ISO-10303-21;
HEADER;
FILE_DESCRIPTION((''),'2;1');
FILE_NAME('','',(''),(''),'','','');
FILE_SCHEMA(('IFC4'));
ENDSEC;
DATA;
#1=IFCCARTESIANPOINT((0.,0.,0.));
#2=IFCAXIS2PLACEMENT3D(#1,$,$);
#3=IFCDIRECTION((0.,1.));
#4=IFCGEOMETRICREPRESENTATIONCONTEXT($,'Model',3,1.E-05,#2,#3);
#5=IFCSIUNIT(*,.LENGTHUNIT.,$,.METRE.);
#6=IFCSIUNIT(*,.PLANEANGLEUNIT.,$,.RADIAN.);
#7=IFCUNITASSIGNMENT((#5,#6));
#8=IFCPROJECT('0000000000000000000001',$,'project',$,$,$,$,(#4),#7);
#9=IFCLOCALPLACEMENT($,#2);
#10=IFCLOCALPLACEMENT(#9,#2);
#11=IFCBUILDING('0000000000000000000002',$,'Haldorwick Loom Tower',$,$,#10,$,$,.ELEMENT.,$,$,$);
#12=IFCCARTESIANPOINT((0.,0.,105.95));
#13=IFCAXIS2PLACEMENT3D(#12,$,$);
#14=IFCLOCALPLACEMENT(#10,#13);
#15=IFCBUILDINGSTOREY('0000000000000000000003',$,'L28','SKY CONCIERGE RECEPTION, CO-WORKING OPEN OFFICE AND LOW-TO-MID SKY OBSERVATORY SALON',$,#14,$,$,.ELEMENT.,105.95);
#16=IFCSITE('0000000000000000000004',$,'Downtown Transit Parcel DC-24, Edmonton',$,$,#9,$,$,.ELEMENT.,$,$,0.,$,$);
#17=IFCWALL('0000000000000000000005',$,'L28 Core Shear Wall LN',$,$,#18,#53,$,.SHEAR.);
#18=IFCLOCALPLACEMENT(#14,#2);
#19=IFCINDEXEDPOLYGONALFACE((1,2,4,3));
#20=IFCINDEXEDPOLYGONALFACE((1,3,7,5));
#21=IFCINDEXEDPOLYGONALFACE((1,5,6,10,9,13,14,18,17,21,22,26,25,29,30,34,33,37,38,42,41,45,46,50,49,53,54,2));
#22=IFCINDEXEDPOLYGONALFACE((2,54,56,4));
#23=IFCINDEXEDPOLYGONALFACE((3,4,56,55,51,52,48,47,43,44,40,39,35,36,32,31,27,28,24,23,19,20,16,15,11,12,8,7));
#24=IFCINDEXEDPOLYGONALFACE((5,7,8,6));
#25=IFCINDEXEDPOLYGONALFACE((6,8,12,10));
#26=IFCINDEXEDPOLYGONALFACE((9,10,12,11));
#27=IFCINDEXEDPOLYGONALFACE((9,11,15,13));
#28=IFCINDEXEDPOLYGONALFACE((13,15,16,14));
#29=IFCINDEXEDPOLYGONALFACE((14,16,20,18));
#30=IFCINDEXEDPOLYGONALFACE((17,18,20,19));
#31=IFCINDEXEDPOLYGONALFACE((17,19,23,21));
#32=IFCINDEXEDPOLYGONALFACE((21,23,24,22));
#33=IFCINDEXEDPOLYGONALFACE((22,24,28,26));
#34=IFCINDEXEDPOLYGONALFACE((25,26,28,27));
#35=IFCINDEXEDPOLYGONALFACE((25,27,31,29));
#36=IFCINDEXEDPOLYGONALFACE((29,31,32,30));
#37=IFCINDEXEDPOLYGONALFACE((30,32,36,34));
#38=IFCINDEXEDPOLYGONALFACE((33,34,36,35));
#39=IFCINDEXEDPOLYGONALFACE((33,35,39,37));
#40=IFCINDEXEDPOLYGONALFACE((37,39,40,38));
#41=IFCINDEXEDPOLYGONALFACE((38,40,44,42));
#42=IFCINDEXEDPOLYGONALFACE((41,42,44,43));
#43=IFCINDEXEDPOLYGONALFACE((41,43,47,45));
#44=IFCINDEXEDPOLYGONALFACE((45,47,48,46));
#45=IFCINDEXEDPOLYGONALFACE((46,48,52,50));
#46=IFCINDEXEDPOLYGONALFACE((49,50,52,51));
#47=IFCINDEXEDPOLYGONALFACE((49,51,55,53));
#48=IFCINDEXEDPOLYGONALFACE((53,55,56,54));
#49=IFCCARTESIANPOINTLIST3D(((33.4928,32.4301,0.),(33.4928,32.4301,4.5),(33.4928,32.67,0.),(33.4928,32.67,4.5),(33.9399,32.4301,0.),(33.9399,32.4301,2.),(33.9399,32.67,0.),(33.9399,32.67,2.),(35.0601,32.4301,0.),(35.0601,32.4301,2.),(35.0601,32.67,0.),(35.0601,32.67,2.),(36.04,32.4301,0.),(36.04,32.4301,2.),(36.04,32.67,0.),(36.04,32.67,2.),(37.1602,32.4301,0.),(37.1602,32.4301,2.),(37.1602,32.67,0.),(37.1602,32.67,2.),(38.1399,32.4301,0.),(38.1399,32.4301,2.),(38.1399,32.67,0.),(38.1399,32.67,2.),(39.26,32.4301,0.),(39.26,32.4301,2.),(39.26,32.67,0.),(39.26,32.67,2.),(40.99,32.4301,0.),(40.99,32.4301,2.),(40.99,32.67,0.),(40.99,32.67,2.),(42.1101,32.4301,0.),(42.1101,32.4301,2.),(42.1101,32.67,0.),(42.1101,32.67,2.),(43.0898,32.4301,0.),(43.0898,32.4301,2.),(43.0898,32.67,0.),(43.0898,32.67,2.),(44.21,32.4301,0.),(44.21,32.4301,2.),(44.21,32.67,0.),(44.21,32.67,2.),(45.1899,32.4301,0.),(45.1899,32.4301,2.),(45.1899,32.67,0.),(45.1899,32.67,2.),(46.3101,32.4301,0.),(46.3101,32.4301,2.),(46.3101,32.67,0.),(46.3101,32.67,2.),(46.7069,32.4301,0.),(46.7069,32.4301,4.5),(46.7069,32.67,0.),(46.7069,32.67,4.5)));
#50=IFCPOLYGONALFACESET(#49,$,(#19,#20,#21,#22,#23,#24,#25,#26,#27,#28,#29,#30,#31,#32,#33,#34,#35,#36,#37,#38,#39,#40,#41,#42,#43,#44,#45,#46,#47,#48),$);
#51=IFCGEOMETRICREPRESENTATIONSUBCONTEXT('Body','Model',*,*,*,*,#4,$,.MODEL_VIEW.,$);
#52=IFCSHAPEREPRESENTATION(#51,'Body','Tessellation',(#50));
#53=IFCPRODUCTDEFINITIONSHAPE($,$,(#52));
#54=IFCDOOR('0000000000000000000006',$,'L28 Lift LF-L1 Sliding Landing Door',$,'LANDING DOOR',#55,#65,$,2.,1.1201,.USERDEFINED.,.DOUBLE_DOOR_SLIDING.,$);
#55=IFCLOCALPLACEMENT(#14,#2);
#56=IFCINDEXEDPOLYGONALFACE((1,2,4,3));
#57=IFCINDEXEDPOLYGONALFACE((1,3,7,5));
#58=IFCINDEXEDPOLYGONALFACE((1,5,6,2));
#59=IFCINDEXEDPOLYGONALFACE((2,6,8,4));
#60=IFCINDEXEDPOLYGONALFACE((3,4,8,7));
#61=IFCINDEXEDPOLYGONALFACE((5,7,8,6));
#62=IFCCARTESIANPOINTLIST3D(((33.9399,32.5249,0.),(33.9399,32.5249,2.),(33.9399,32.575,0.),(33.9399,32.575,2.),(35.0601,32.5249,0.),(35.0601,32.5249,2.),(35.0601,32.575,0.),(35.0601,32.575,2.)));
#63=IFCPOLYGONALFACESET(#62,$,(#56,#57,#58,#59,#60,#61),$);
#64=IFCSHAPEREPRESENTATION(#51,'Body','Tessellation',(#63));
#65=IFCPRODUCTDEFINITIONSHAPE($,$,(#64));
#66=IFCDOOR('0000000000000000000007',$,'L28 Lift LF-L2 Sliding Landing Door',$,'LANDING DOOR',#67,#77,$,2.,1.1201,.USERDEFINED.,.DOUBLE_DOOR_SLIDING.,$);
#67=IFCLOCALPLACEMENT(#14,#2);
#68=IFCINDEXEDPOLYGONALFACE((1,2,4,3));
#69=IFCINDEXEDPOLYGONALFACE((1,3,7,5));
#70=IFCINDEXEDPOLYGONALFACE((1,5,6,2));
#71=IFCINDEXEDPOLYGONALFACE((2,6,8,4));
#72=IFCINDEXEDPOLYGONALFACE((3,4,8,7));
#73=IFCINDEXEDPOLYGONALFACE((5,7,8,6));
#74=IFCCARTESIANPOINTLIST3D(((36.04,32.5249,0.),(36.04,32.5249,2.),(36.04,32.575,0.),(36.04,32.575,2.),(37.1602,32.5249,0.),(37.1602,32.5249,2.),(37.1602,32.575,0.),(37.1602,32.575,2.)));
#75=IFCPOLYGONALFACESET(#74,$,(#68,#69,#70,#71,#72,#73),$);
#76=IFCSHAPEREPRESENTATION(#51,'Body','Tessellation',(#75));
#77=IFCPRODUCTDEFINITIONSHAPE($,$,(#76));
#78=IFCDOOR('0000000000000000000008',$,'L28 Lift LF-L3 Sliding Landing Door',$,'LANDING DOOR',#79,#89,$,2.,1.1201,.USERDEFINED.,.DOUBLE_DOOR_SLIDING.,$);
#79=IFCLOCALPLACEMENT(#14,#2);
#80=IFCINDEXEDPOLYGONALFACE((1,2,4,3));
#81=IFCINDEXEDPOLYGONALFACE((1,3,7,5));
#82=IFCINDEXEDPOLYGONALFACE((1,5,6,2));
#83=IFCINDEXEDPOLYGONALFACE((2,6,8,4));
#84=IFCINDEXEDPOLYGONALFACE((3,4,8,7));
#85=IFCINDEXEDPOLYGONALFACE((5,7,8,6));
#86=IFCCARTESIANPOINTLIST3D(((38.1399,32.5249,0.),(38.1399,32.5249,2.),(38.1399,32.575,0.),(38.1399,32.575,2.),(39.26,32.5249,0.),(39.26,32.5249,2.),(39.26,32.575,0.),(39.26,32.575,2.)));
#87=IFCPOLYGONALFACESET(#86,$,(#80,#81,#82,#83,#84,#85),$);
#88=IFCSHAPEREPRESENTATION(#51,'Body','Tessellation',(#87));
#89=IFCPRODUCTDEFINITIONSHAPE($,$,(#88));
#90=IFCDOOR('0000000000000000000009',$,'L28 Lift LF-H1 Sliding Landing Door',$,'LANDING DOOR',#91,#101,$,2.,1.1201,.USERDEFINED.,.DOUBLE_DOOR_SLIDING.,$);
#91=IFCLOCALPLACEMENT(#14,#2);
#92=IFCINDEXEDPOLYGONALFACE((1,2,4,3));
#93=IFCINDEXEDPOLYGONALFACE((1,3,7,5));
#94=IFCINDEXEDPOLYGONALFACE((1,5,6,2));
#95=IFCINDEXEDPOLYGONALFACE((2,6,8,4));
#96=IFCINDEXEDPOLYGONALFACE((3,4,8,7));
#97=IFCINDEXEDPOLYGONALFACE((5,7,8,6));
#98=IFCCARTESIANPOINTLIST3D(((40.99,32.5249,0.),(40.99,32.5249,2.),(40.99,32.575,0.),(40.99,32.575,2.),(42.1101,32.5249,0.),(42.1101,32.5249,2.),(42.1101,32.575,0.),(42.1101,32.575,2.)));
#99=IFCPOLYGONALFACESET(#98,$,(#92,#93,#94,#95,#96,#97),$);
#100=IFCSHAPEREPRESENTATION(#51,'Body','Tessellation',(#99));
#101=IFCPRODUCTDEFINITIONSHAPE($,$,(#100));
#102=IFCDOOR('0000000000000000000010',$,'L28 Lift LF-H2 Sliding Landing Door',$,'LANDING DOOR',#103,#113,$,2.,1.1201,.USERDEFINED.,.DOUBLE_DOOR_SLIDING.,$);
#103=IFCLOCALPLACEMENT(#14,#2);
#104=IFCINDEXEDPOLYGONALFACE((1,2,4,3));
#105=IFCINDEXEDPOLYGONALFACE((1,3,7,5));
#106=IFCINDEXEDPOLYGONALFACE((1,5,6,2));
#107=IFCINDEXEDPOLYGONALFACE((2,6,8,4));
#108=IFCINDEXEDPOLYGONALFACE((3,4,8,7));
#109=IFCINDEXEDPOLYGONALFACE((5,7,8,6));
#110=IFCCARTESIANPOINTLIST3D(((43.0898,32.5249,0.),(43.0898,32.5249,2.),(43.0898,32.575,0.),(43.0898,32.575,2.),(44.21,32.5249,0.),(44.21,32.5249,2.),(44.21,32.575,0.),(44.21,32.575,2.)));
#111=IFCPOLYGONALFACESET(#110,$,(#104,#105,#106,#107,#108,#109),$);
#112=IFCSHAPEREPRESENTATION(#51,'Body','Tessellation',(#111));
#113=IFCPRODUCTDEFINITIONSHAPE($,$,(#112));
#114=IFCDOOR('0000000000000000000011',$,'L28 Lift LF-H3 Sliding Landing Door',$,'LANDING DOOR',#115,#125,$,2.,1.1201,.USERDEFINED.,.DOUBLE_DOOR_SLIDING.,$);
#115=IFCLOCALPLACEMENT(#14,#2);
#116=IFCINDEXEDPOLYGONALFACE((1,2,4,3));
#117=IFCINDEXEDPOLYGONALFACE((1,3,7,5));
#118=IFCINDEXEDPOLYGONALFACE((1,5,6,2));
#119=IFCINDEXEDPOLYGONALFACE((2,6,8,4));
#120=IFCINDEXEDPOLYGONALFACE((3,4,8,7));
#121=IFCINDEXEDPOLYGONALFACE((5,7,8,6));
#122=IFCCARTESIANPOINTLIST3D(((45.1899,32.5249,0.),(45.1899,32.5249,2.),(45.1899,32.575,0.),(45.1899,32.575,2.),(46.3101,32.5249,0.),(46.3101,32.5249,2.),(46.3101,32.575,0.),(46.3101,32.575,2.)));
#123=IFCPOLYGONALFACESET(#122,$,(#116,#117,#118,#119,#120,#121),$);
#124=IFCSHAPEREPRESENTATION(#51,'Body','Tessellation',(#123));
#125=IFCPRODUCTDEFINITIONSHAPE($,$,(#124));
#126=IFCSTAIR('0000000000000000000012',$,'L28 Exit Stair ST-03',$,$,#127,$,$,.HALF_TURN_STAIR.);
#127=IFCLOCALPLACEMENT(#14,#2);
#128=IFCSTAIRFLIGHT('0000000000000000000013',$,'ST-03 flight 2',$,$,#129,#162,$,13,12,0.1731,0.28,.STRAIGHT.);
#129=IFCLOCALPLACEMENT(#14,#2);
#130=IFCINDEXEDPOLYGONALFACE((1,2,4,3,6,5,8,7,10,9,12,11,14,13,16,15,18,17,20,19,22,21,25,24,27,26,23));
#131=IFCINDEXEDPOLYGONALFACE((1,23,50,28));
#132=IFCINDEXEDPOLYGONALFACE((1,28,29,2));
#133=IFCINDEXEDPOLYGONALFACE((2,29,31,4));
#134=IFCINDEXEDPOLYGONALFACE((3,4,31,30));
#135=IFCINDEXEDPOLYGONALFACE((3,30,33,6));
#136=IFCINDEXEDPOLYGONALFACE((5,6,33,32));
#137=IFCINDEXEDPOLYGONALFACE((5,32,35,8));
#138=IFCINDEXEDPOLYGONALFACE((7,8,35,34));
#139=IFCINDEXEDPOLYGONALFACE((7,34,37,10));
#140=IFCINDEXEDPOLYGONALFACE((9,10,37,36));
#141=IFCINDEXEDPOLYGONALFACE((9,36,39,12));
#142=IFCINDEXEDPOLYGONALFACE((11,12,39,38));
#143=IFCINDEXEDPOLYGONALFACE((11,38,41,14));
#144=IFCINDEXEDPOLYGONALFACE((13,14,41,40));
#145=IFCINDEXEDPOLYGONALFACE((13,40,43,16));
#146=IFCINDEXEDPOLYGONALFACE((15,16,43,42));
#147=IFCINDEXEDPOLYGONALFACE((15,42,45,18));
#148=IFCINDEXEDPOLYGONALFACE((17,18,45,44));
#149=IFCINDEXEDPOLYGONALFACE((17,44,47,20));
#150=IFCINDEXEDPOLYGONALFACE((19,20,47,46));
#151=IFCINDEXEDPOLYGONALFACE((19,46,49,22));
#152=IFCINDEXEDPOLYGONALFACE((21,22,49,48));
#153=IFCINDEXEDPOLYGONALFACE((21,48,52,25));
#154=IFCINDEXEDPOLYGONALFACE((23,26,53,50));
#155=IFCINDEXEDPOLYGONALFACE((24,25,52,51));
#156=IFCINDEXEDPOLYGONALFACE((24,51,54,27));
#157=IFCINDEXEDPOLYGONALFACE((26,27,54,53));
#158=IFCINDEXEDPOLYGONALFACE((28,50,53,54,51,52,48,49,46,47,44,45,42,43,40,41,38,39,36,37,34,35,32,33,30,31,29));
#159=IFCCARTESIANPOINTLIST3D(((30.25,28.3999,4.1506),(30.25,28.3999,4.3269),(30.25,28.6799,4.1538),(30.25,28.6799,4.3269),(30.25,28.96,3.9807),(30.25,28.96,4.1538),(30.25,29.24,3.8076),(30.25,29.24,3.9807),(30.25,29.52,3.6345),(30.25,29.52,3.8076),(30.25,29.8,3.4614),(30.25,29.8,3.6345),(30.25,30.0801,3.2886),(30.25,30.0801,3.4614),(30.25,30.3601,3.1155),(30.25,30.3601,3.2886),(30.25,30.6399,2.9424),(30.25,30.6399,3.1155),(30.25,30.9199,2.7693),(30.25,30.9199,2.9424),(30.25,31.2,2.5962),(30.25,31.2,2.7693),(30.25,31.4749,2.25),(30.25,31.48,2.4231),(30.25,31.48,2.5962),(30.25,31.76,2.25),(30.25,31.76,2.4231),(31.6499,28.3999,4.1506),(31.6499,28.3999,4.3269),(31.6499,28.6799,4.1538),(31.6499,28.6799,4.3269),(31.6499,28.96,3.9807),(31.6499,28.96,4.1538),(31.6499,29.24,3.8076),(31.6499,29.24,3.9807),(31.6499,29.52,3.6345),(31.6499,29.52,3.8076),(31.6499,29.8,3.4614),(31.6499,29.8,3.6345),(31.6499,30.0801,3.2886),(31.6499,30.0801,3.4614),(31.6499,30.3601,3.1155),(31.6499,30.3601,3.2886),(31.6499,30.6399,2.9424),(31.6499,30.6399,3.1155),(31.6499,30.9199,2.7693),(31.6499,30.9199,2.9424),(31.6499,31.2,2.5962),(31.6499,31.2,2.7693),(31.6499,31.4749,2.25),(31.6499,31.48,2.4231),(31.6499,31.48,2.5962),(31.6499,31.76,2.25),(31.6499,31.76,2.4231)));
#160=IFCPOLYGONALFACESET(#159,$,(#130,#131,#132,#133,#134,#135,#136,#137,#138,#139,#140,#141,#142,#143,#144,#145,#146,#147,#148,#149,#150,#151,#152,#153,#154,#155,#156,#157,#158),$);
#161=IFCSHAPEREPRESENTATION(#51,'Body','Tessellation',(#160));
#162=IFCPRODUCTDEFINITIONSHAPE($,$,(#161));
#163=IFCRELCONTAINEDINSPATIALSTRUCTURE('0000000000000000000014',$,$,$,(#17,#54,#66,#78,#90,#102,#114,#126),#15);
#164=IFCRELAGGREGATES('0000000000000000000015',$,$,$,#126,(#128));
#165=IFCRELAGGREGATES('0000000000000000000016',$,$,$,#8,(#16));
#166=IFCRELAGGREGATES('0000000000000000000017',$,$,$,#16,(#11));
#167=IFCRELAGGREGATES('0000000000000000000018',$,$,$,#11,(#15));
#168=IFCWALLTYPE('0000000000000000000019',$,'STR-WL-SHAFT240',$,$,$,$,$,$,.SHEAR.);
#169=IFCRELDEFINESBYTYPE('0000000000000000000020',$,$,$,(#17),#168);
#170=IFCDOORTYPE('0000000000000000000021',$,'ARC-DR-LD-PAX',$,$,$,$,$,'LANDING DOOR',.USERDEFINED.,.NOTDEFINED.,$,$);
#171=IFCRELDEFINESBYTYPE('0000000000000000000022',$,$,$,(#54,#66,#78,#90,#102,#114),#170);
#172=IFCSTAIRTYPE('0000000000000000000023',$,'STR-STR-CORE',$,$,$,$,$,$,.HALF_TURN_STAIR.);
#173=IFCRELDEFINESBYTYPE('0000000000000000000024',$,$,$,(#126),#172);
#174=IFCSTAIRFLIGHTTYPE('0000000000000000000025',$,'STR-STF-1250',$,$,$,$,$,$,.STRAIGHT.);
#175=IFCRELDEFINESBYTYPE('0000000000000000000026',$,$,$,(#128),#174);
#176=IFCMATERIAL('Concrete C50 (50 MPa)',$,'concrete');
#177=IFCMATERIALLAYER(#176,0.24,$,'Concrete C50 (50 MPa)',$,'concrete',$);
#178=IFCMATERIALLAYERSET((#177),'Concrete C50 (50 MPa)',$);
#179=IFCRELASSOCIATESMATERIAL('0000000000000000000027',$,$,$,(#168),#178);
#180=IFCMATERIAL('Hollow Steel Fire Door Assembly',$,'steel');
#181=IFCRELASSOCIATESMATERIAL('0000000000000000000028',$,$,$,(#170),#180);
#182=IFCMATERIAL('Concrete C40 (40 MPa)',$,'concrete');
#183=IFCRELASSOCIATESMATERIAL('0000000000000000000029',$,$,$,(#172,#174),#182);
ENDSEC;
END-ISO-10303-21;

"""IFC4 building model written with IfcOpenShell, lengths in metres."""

from ifc_helpers import new_model, si_unit, direction, frame, frame_2d, origin, place, context, subcontext, project, spatial, polyline, rectangle, outline, extrude, material, layer, layer_set, type_object, element, fill, aggregate, save


model = new_model("IFC4")

# Units and contexts
model_context = context("Model", 3, precision=1e-05, world=origin(), true_north=direction((0.0, 1.0)))
body_context = subcontext(model_context, "Body", "Model", "MODEL_VIEW")
ifc_project = project(units=[si_unit("LENGTHUNIT", "METRE"), si_unit("PLANEANGLEUNIT", "RADIAN")], contexts=[model_context])

# Site, building, storey
site_placement = place(None, origin())
site = spatial("IfcSite", under=ifc_project, at=site_placement, Name="Downtown Transit Parcel DC-24, Edmonton", CompositionType="ELEMENT", RefElevation=0.0)
building_placement = place(site_placement, origin())
building = spatial("IfcBuilding", under=site, at=building_placement, Name="Haldorwick Loom Tower", CompositionType="ELEMENT")
storey_placement = place(building_placement, frame((0.0, 0.0, 105.95)))
storey = spatial("IfcBuildingStorey", under=building, at=storey_placement, Name="L28", Description="SKY CONCIERGE RECEPTION, CO-WORKING OPEN OFFICE AND LOW-TO-MID SKY OBSERVATORY SALON", CompositionType="ELEMENT", Elevation=105.95)

# Shared definitions
ifc_material_1 = material(Name="Concrete C50 (50 MPa)", Category="concrete")
ifc_layer_1 = layer(ifc_material_1, 0.24, Name="Concrete C50 (50 MPa)", Category="concrete")
ifc_layer_set_1 = layer_set([ifc_layer_1], Name="Concrete C50 (50 MPa)")
wall_type_1 = type_object("IfcWallType", Name="STR-WL-SHAFT240", PredefinedType="SHEAR", material=ifc_layer_set_1)

# Wall, openings, doors
wall_1_placement = place(storey_placement, frame((33.4929, 32.55, 0.0), z_axis=(0.0, 0.0, 1.0), x_axis=(1.0, 0.0, 0.0)))
wall_1 = element("IfcWall", 1, at=wall_1_placement, inside=storey, type_object=wall_type_1, Name="L28 Core Shear Wall LN", PredefinedType="SHEAR", context=body_context, shape_type="SweptSolid", body=[
    extrude(rectangle(XDim=13.2141, YDim=0.24, at=frame_2d((6.6069, 0.0))), origin(), (0.0, 0.0, 1.0), 4.5),
])
opening_1_placement = place(wall_1_placement, frame((0.447, 0.0, 0.0)))
opening_1 = element("IfcOpeningElement", 2, at=opening_1_placement, cuts=wall_1, PredefinedType="OPENING", context=body_context, shape_type="SweptSolid", body=[
    extrude(rectangle(XDim=1.1201, YDim=2.0, at=frame_2d((0.5601, 1.0))), frame((0.0, 0.1299, 0.0), z_axis=(0.0, -1.0, 0.0), x_axis=(1.0, 0.0, 0.0)), (0.0, 0.0, 1.0), 0.26),
])
opening_2_placement = place(wall_1_placement, frame((2.5471, 0.0, 0.0)))
opening_2 = element("IfcOpeningElement", 3, at=opening_2_placement, cuts=wall_1, PredefinedType="OPENING", context=body_context, shape_type="SweptSolid", body=[
    extrude(rectangle(XDim=1.1201, YDim=2.0, at=frame_2d((0.5601, 1.0))), frame((0.0, 0.1299, 0.0), z_axis=(0.0, -1.0, 0.0), x_axis=(1.0, 0.0, 0.0)), (0.0, 0.0, 1.0), 0.26),
])
opening_3_placement = place(wall_1_placement, frame((4.647, 0.0, 0.0)))
opening_3 = element("IfcOpeningElement", 4, at=opening_3_placement, cuts=wall_1, PredefinedType="OPENING", context=body_context, shape_type="SweptSolid", body=[
    extrude(rectangle(XDim=1.1201, YDim=2.0, at=frame_2d((0.5601, 1.0))), frame((0.0, 0.1299, 0.0), z_axis=(0.0, -1.0, 0.0), x_axis=(1.0, 0.0, 0.0)), (0.0, 0.0, 1.0), 0.26),
])
opening_4_placement = place(wall_1_placement, frame((7.4971, 0.0, 0.0)))
opening_4 = element("IfcOpeningElement", 5, at=opening_4_placement, cuts=wall_1, PredefinedType="OPENING", context=body_context, shape_type="SweptSolid", body=[
    extrude(rectangle(XDim=1.1201, YDim=2.0, at=frame_2d((0.5601, 1.0))), frame((0.0, 0.1299, 0.0), z_axis=(0.0, -1.0, 0.0), x_axis=(1.0, 0.0, 0.0)), (0.0, 0.0, 1.0), 0.26),
])
opening_5_placement = place(wall_1_placement, frame((9.5969, 0.0, 0.0)))
opening_5 = element("IfcOpeningElement", 6, at=opening_5_placement, cuts=wall_1, PredefinedType="OPENING", context=body_context, shape_type="SweptSolid", body=[
    extrude(rectangle(XDim=1.1201, YDim=2.0, at=frame_2d((0.5601, 1.0))), frame((0.0, 0.1299, 0.0), z_axis=(0.0, -1.0, 0.0), x_axis=(1.0, 0.0, 0.0)), (0.0, 0.0, 1.0), 0.26),
])
opening_6_placement = place(wall_1_placement, frame((11.697, 0.0, 0.0)))
opening_6 = element("IfcOpeningElement", 7, at=opening_6_placement, cuts=wall_1, PredefinedType="OPENING", context=body_context, shape_type="SweptSolid", body=[
    extrude(rectangle(XDim=1.1201, YDim=2.0, at=frame_2d((0.5601, 1.0))), frame((0.0, 0.1299, 0.0), z_axis=(0.0, -1.0, 0.0), x_axis=(1.0, 0.0, 0.0)), (0.0, 0.0, 1.0), 0.26),
])
ifc_material_2 = material(Name="Hollow Steel Fire Door Assembly", Category="steel")
door_type = type_object("IfcDoorType", Name="ARC-DR-LD-PAX", ElementType="LANDING DOOR", OperationType="NOTDEFINED", PredefinedType="USERDEFINED", material=ifc_material_2)
door_1_placement = place(opening_1_placement, origin())
door_1 = element("IfcDoor", 8, at=door_1_placement, inside=storey, type_object=door_type, Name="L28 Lift LF-L1 Sliding Landing Door", ObjectType="LANDING DOOR", OperationType="DOUBLE_DOOR_SLIDING", OverallHeight=2.0, OverallWidth=1.1201, PredefinedType="USERDEFINED", context=body_context, shape_type="SweptSolid", body=[
    extrude(rectangle(XDim=1.1201, YDim=2.0, at=frame_2d((0.5601, 1.0))), frame((0.0, 0.0249, 0.0), z_axis=(0.0, -1.0, 0.0), x_axis=(1.0, 0.0, 0.0)), (0.0, 0.0, 1.0), 0.05),
])
fill(opening_1, door_1)
door_2_placement = place(opening_2_placement, origin())
door_2 = element("IfcDoor", 9, at=door_2_placement, inside=storey, type_object=door_type, Name="L28 Lift LF-L2 Sliding Landing Door", ObjectType="LANDING DOOR", OperationType="DOUBLE_DOOR_SLIDING", OverallHeight=2.0, OverallWidth=1.1201, PredefinedType="USERDEFINED", context=body_context, shape_type="SweptSolid", body=[
    extrude(rectangle(XDim=1.1201, YDim=2.0, at=frame_2d((0.5601, 1.0))), frame((0.0, 0.0249, 0.0), z_axis=(0.0, -1.0, 0.0), x_axis=(1.0, 0.0, 0.0)), (0.0, 0.0, 1.0), 0.05),
])
fill(opening_2, door_2)
door_3_placement = place(opening_3_placement, origin())
door_3 = element("IfcDoor", 10, at=door_3_placement, inside=storey, type_object=door_type, Name="L28 Lift LF-L3 Sliding Landing Door", ObjectType="LANDING DOOR", OperationType="DOUBLE_DOOR_SLIDING", OverallHeight=2.0, OverallWidth=1.1201, PredefinedType="USERDEFINED", context=body_context, shape_type="SweptSolid", body=[
    extrude(rectangle(XDim=1.1201, YDim=2.0, at=frame_2d((0.5601, 1.0))), frame((0.0, 0.0249, 0.0), z_axis=(0.0, -1.0, 0.0), x_axis=(1.0, 0.0, 0.0)), (0.0, 0.0, 1.0), 0.05),
])
fill(opening_3, door_3)
door_4_placement = place(opening_4_placement, origin())
door_4 = element("IfcDoor", 11, at=door_4_placement, inside=storey, type_object=door_type, Name="L28 Lift LF-H1 Sliding Landing Door", ObjectType="LANDING DOOR", OperationType="DOUBLE_DOOR_SLIDING", OverallHeight=2.0, OverallWidth=1.1201, PredefinedType="USERDEFINED", context=body_context, shape_type="SweptSolid", body=[
    extrude(rectangle(XDim=1.1201, YDim=2.0, at=frame_2d((0.5601, 1.0))), frame((0.0, 0.0249, 0.0), z_axis=(0.0, -1.0, 0.0), x_axis=(1.0, 0.0, 0.0)), (0.0, 0.0, 1.0), 0.05),
])
fill(opening_4, door_4)
door_5_placement = place(opening_5_placement, origin())
door_5 = element("IfcDoor", 12, at=door_5_placement, inside=storey, type_object=door_type, Name="L28 Lift LF-H2 Sliding Landing Door", ObjectType="LANDING DOOR", OperationType="DOUBLE_DOOR_SLIDING", OverallHeight=2.0, OverallWidth=1.1201, PredefinedType="USERDEFINED", context=body_context, shape_type="SweptSolid", body=[
    extrude(rectangle(XDim=1.1201, YDim=2.0, at=frame_2d((0.5601, 1.0))), frame((0.0, 0.0249, 0.0), z_axis=(0.0, -1.0, 0.0), x_axis=(1.0, 0.0, 0.0)), (0.0, 0.0, 1.0), 0.05),
])
fill(opening_5, door_5)
door_6_placement = place(opening_6_placement, origin())
door_6 = element("IfcDoor", 13, at=door_6_placement, inside=storey, type_object=door_type, Name="L28 Lift LF-H3 Sliding Landing Door", ObjectType="LANDING DOOR", OperationType="DOUBLE_DOOR_SLIDING", OverallHeight=2.0, OverallWidth=1.1201, PredefinedType="USERDEFINED", context=body_context, shape_type="SweptSolid", body=[
    extrude(rectangle(XDim=1.1201, YDim=2.0, at=frame_2d((0.5601, 1.0))), frame((0.0, 0.0249, 0.0), z_axis=(0.0, -1.0, 0.0), x_axis=(1.0, 0.0, 0.0)), (0.0, 0.0, 1.0), 0.05),
])
fill(opening_6, door_6)

# Stair, stair flight
ifc_material_3 = material(Name="Concrete C40 (40 MPa)", Category="concrete")
stair_type = type_object("IfcStairType", Name="STR-STR-CORE", PredefinedType="HALF_TURN_STAIR", material=ifc_material_3)
stair_placement = place(storey_placement, origin())
stair = element("IfcStair", 14, at=stair_placement, inside=storey, type_object=stair_type, Name="L28 Exit Stair ST-03", PredefinedType="HALF_TURN_STAIR")
stair_flight_type = type_object("IfcStairFlightType", Name="STR-STF-1250", PredefinedType="STRAIGHT", material=ifc_material_3)
stair_flight_placement = place(storey_placement, frame((30.95, 31.76, 2.25), z_axis=(0.0, 0.0, 1.0), x_axis=(0.0, -1.0, 0.0)))
stair_flight = element("IfcStairFlight", 15, at=stair_flight_placement, type_object=stair_flight_type, Name="ST-03 flight 2", NumberOfRisers=13, NumberOfTreads=12, PredefinedType="STRAIGHT", RiserHeight=0.1731, TreadLength=0.28, context=body_context, shape_type="SweptSolid", body=[
    extrude(outline(polyline([(0.0, 0.0), (0.0, 0.1731), (0.28, 0.1731), (0.28, 0.3462), (0.5601, 0.3462), (0.5601, 0.5193), (0.8401, 0.5193), (0.8401, 0.6924), (1.1201, 0.6924), (1.1201, 0.8655), (1.3999, 0.8655), (1.3999, 1.0386), (1.6799, 1.0386), (1.6799, 1.2114), (1.96, 1.2114), (1.96, 1.3845), (2.24, 1.3845), (2.24, 1.5576), (2.52, 1.5576), (2.52, 1.7307), (2.8, 1.7307), (2.8, 1.9038), (3.0801, 1.9038), (3.0801, 2.0769), (3.3601, 2.0769), (3.3601, 2.25), (3.3601, 1.9006), (0.2852, 0.0), (0.0, 0.0)])), frame((0.0, 0.7, 0.0), z_axis=(0.0, -1.0, 0.0), x_axis=(1.0, 0.0, 0.0)), (0.0, 0.0, 1.0), 1.3999),
])
aggregate(stair, [stair_flight])

save(model, "model.ifc")
